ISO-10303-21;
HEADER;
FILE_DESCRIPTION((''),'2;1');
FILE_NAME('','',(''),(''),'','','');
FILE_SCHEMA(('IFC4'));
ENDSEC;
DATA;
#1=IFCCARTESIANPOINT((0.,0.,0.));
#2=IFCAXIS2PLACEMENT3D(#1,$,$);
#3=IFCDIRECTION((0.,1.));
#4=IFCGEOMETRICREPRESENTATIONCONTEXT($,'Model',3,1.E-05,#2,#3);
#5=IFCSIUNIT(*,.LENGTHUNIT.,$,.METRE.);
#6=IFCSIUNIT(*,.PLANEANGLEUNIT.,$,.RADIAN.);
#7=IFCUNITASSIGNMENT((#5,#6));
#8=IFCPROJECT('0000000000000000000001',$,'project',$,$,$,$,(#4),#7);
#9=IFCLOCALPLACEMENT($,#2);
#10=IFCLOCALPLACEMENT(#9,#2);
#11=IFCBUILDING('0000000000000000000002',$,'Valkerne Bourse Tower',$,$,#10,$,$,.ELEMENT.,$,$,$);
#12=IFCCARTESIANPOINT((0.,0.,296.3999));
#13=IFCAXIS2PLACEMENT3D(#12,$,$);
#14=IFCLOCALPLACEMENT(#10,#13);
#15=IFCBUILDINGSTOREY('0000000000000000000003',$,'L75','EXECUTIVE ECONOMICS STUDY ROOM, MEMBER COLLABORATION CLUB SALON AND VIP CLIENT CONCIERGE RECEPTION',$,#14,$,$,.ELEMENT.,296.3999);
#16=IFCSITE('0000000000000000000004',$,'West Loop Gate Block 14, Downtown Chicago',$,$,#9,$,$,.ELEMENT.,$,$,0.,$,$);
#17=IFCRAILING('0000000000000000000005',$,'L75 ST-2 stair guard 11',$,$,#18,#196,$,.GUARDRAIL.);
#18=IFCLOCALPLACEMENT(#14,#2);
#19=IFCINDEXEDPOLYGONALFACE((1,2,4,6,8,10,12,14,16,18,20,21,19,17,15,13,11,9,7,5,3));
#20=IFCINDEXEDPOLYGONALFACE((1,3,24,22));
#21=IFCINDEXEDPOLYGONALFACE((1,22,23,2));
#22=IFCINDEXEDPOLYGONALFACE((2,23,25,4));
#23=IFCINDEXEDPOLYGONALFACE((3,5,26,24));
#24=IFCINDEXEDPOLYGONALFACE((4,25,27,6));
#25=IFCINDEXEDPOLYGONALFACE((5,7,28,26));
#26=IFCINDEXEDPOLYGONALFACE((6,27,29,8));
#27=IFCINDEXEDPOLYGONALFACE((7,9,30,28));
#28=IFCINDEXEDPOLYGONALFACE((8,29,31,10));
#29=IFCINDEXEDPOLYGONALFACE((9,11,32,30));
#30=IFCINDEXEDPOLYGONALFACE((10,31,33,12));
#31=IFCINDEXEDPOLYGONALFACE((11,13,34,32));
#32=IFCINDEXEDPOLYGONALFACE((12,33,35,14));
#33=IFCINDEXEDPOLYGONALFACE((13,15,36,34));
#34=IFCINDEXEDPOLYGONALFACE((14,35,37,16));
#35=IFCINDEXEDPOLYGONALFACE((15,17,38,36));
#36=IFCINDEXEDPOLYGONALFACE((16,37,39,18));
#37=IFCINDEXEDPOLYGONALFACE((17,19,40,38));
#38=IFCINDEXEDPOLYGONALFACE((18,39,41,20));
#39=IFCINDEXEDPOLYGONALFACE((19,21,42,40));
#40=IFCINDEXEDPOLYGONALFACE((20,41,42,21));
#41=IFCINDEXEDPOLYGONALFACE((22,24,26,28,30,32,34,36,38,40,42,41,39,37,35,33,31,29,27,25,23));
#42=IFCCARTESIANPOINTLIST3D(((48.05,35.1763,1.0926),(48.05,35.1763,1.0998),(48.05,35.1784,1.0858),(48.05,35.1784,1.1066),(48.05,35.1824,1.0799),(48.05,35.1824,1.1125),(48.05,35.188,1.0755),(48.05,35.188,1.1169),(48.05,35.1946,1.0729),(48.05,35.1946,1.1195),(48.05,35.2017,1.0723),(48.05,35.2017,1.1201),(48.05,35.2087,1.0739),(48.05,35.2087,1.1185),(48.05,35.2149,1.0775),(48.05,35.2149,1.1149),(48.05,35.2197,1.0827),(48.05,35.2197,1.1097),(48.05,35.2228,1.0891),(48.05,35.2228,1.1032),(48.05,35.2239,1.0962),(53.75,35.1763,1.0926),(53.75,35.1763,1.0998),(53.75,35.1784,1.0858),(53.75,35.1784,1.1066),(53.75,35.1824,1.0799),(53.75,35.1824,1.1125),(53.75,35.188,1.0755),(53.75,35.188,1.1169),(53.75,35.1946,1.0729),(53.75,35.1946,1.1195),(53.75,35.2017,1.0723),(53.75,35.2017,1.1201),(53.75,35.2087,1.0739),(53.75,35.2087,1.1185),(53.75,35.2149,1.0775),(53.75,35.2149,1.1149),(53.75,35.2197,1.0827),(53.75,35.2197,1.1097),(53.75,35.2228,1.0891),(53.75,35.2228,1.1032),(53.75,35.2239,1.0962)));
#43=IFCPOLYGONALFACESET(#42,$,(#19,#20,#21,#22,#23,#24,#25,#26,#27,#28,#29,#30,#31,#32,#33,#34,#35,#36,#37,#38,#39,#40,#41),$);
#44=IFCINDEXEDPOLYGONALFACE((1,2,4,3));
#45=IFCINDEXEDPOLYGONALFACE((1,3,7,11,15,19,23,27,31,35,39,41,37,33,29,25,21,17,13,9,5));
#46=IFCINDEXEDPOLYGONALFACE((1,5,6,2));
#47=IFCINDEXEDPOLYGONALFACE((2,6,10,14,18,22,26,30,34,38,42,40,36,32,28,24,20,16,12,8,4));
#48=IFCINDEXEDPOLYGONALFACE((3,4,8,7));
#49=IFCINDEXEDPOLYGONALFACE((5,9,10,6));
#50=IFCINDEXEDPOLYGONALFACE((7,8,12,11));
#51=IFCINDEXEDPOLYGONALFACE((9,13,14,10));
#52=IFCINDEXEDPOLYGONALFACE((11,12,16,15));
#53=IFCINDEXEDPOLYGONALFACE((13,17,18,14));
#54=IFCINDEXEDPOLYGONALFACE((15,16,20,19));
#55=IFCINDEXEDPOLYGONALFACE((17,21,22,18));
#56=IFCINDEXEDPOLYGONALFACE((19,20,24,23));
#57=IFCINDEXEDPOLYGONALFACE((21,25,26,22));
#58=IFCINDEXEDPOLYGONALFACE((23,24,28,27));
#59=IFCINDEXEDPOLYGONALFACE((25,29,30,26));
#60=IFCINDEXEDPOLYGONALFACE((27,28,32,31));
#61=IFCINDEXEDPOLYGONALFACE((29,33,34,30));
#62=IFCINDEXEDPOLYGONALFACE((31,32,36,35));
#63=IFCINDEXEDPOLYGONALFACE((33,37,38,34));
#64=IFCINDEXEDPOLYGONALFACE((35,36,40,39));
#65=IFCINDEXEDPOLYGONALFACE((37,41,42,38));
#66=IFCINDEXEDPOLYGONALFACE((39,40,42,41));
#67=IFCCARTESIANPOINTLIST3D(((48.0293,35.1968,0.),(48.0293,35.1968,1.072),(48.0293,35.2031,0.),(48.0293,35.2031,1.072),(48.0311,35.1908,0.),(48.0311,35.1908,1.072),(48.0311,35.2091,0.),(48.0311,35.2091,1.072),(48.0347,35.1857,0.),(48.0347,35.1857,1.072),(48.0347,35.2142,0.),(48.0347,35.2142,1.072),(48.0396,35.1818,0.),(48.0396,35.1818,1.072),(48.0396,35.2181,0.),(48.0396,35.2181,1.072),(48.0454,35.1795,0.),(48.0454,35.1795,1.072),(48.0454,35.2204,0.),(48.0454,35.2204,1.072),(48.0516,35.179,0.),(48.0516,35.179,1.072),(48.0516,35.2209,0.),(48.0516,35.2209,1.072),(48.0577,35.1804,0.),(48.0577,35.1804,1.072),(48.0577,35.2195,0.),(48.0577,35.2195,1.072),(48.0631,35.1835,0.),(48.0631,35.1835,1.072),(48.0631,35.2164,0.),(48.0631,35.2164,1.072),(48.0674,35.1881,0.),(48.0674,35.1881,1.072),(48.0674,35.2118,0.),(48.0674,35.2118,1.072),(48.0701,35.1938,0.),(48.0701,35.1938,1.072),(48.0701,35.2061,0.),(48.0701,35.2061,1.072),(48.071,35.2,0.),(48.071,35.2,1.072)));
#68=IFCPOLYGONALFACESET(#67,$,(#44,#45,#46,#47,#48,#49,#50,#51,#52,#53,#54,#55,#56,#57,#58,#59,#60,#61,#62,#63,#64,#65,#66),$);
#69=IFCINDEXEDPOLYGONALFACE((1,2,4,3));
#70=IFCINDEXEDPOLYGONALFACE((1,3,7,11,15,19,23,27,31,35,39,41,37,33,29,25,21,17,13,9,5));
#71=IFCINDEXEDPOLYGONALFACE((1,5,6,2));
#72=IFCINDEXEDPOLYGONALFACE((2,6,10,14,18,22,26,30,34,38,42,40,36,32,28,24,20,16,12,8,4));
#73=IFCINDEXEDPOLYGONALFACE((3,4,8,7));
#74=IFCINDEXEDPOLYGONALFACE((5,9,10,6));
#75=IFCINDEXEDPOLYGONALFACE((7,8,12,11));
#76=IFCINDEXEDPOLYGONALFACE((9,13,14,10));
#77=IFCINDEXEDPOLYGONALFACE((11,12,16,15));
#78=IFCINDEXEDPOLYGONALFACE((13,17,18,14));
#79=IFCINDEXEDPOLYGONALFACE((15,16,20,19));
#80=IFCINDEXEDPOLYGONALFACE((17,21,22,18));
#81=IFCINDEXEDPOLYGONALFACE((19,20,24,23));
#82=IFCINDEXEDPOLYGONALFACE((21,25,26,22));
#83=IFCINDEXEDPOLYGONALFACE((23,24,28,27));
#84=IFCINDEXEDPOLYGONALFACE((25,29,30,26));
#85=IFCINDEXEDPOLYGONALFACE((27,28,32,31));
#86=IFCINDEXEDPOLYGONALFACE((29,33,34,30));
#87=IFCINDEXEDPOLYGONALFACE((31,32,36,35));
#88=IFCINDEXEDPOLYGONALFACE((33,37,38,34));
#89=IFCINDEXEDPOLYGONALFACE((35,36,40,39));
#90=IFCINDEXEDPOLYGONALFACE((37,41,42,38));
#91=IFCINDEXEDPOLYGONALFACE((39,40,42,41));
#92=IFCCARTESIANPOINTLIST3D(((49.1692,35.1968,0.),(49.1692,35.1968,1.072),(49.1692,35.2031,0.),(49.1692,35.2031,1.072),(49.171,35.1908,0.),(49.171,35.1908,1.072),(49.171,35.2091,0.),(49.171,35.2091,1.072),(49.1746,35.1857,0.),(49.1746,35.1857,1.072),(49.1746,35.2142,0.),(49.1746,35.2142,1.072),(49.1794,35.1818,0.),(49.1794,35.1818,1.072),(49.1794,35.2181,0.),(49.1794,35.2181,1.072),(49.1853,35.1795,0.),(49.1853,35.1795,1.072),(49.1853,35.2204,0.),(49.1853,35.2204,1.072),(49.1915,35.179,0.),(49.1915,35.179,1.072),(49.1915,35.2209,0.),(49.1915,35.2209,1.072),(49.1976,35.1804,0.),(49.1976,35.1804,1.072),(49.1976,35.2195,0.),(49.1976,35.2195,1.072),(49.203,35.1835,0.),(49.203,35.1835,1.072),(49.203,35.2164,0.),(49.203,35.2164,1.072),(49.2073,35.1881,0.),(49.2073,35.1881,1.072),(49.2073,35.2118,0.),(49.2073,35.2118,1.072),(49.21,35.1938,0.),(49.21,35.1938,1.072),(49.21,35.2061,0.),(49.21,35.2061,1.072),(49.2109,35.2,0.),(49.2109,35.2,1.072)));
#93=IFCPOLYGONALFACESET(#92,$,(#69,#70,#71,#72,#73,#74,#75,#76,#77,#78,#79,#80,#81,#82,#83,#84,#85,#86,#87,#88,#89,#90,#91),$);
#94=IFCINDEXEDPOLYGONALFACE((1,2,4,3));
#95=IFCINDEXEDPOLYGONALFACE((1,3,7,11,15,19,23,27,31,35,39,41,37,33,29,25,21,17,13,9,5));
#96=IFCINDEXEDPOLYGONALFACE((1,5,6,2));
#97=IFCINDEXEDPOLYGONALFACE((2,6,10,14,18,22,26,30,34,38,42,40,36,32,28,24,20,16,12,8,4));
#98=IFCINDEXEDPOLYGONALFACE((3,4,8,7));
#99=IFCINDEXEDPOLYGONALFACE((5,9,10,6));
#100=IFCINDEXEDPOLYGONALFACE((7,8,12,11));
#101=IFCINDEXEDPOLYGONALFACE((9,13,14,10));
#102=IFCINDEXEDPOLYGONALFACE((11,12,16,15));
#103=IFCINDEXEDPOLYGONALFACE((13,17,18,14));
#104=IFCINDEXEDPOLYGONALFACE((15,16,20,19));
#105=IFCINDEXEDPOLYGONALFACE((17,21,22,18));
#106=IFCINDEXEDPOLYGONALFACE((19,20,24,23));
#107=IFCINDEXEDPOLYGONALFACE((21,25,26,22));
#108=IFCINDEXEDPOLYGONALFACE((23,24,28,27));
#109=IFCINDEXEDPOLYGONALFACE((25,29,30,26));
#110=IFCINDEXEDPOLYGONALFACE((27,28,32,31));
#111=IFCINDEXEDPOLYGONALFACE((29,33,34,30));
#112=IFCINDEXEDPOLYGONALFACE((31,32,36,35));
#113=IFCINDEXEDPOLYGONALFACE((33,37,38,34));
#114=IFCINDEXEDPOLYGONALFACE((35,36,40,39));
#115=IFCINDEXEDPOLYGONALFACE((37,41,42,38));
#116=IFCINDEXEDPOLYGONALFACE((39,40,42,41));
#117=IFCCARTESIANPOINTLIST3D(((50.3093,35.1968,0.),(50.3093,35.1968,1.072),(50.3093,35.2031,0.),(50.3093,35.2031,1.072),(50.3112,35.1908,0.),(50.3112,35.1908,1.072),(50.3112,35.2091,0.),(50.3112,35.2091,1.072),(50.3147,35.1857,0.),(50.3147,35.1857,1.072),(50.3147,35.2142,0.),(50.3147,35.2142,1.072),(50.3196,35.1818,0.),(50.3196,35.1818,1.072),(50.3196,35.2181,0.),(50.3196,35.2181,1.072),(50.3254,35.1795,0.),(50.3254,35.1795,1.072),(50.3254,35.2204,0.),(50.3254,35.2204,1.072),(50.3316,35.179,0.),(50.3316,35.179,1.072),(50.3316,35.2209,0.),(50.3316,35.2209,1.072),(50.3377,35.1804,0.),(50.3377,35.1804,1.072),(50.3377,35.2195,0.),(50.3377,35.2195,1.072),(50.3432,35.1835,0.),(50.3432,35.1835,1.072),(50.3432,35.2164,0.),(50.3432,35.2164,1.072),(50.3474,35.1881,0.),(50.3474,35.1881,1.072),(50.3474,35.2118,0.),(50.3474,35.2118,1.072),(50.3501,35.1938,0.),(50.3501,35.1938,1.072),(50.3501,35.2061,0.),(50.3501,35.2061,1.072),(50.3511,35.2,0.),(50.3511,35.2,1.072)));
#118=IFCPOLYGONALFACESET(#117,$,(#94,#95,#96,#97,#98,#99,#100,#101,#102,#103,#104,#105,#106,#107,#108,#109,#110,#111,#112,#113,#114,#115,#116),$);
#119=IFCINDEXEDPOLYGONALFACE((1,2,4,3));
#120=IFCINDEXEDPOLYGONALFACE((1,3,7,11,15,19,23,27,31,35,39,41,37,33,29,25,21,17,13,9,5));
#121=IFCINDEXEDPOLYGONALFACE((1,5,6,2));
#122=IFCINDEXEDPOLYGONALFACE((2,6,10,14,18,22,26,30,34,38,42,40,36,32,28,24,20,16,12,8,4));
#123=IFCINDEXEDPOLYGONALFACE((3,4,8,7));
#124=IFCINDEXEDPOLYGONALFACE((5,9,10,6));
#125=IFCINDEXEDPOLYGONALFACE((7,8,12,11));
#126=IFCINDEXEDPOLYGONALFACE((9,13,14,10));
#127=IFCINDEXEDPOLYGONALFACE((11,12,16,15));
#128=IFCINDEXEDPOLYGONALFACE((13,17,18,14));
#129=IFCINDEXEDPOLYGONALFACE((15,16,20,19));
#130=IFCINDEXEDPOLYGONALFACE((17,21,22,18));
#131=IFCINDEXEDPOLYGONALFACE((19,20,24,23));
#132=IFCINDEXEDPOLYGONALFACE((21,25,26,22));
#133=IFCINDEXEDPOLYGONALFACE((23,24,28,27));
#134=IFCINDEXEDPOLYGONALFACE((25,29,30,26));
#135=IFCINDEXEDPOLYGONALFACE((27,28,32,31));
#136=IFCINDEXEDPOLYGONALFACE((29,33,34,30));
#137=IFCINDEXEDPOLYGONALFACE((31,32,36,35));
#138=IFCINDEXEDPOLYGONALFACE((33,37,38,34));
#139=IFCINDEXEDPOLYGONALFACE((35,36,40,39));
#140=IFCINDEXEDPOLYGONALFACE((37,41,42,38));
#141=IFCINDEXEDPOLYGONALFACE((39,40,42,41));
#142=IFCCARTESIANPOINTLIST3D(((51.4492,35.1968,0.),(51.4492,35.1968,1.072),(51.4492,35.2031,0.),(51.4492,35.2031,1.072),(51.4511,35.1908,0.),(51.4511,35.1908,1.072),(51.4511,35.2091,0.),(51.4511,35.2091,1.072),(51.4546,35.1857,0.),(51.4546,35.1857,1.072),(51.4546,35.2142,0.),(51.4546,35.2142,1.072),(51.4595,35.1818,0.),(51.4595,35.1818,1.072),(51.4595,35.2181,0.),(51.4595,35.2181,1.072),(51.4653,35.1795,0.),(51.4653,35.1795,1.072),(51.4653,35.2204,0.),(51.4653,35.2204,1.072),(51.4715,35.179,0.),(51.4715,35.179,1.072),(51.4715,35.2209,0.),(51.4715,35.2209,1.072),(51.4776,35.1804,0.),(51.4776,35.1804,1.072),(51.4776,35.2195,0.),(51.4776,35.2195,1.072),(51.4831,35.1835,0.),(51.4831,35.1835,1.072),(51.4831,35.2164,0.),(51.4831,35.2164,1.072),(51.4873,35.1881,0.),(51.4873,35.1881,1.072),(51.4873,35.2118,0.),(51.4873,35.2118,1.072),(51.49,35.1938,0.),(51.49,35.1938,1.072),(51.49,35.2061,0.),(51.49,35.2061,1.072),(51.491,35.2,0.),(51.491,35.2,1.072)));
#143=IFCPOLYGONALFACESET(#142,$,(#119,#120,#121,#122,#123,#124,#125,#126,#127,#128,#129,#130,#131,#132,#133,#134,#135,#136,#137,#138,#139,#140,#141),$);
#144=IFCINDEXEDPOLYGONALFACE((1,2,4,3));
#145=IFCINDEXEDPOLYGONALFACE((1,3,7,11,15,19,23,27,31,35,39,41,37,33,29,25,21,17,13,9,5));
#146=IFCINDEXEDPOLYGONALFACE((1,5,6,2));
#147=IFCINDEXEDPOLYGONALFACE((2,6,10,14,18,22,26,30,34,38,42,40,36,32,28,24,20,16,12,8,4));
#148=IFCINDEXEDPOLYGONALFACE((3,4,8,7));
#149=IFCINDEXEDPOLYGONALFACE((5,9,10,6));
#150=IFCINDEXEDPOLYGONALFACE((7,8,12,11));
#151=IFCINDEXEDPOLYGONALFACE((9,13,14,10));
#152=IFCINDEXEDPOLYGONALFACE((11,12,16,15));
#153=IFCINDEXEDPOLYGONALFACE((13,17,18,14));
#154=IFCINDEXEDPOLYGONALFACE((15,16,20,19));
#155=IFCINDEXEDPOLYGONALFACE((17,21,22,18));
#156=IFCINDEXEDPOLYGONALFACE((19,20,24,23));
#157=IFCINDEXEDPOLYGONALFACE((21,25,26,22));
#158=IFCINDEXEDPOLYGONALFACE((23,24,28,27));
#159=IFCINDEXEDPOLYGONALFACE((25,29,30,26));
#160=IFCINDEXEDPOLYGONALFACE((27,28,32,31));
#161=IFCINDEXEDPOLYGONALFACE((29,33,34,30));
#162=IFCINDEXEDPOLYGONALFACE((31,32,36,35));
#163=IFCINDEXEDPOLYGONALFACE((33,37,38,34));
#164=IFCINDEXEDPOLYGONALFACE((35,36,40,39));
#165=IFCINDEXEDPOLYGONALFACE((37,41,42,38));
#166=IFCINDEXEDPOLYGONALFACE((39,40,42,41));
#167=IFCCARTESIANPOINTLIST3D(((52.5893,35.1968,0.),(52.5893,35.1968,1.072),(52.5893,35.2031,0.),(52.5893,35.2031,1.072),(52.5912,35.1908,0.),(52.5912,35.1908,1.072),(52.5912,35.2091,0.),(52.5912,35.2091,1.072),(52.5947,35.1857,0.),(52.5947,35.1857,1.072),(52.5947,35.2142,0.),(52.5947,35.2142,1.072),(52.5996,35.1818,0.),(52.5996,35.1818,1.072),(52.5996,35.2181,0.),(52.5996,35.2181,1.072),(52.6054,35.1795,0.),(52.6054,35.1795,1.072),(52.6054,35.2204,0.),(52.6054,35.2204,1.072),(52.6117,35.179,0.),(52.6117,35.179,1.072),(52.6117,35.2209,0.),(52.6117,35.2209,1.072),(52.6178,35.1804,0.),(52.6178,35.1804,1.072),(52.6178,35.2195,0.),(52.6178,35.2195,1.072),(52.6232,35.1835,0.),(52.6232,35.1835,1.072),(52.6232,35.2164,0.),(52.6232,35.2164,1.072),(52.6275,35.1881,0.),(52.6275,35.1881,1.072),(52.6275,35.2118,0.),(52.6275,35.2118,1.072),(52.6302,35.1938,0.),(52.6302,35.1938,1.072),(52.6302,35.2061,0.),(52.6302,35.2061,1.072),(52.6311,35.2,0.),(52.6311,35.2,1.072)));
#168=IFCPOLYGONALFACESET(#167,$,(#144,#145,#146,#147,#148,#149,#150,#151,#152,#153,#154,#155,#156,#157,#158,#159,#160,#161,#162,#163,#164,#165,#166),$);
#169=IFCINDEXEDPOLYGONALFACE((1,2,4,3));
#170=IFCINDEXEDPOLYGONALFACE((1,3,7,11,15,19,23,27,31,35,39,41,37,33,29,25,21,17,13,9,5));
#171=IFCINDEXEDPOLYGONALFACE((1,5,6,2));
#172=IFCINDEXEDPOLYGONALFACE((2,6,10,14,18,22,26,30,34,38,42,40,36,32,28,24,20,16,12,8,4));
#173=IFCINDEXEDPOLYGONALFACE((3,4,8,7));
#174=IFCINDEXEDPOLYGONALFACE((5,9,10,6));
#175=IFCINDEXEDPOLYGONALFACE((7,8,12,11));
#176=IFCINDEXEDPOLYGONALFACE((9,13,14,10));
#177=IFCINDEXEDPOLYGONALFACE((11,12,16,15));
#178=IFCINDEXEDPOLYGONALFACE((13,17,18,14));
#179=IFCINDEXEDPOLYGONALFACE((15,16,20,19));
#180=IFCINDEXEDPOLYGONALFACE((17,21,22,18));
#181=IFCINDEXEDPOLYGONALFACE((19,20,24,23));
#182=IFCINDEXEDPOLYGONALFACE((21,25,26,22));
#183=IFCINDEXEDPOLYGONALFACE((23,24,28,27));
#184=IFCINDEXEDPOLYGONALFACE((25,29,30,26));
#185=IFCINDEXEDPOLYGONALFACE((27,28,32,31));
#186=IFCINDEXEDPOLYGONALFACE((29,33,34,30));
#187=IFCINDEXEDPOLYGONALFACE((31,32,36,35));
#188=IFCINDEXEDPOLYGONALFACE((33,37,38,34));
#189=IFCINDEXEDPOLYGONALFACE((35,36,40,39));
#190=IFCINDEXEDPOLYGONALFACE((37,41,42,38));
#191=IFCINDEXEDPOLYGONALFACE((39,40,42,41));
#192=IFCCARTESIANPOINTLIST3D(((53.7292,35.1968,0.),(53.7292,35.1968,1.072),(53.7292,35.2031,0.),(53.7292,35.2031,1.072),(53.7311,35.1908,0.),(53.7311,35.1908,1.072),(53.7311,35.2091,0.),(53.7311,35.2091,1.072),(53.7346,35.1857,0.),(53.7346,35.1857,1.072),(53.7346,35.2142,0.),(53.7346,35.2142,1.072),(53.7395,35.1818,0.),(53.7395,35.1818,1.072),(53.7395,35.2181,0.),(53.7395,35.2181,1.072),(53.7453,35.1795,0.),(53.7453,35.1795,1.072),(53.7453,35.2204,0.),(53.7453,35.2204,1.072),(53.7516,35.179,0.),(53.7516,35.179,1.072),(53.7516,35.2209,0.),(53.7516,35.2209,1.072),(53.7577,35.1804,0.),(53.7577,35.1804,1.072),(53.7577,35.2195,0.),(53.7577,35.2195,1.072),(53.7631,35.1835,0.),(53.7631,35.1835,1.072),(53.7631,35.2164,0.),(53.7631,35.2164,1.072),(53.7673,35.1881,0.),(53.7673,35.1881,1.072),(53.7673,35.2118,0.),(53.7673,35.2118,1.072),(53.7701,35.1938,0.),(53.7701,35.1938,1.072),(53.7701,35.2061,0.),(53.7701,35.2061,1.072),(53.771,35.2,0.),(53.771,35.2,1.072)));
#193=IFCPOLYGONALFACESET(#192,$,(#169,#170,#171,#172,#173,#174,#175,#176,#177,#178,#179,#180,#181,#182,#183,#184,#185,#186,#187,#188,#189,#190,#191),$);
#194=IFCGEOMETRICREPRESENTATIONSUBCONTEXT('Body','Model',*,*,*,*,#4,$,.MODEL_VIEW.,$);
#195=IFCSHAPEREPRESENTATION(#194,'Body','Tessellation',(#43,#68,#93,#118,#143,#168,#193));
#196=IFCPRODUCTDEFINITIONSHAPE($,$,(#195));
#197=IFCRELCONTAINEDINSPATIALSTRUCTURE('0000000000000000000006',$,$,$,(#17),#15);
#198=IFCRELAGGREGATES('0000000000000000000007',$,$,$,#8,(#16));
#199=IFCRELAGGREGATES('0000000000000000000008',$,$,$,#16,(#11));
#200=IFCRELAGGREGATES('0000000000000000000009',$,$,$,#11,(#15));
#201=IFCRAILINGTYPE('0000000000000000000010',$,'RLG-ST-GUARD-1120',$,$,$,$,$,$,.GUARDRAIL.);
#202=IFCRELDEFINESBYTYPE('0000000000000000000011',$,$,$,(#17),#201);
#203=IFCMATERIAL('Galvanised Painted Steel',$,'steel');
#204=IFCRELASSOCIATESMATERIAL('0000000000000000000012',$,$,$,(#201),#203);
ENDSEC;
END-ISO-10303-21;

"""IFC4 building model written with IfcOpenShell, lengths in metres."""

from ifc_helpers import new_model, si_unit, direction, frame, origin, origin_2d, place, context, subcontext, project, spatial, circle, extrude, material, type_object, element, save


model = new_model("IFC4")

# Units and contexts
model_context = context("Model", 3, precision=1e-05, world=origin(), true_north=direction((0.0, 1.0)))
body_context = subcontext(model_context, "Body", "Model", "MODEL_VIEW")
ifc_project = project(units=[si_unit("LENGTHUNIT", "METRE"), si_unit("PLANEANGLEUNIT", "RADIAN")], contexts=[model_context])

# Site, building, storey
site_placement = place(None, origin())
site = spatial("IfcSite", under=ifc_project, at=site_placement, Name="West Loop Gate Block 14, Downtown Chicago", CompositionType="ELEMENT", RefElevation=0.0)
building_placement = place(site_placement, origin())
building = spatial("IfcBuilding", under=site, at=building_placement, Name="Valkerne Bourse Tower", CompositionType="ELEMENT")
storey_placement = place(building_placement, frame((0.0, 0.0, 296.3999)))
storey = spatial("IfcBuildingStorey", under=building, at=storey_placement, Name="L75", Description="EXECUTIVE ECONOMICS STUDY ROOM, MEMBER COLLABORATION CLUB SALON AND VIP CLIENT CONCIERGE RECEPTION", CompositionType="ELEMENT", Elevation=296.3999)

# Railing
ifc_material_1 = material(Name="Galvanised Painted Steel", Category="steel")
railing_type_1 = type_object("IfcRailingType", Name="RLG-ST-GUARD-1120", PredefinedType="GUARDRAIL", material=ifc_material_1)
railing_1_placement = place(storey_placement, frame((48.05, 35.2, 0.0)))
element("IfcRailing", 1, at=railing_1_placement, inside=storey, type_object=railing_type_1, Name="L75 ST-2 stair guard 11", PredefinedType="GUARDRAIL", context=body_context, shape_type="SweptSolid", body=[
    extrude(circle(Radius=0.0239, at=origin_2d()), frame((0.0, 0.0, 1.0962), z_axis=(1.0, 0.0, 0.0), x_axis=(0.0, 1.0, 0.0)), (0.0, 0.0, 1.0), 5.7),
    extrude(circle(Radius=0.021, at=origin_2d()), origin(), (0.0, 0.0, 1.0), 1.072),
    extrude(circle(Radius=0.021, at=origin_2d()), frame((1.1399, 0.0, 0.0)), (0.0, 0.0, 1.0), 1.072),
    extrude(circle(Radius=0.021, at=origin_2d()), frame((2.28, 0.0, 0.0)), (0.0, 0.0, 1.0), 1.072),
    extrude(circle(Radius=0.021, at=origin_2d()), frame((3.4199, 0.0, 0.0)), (0.0, 0.0, 1.0), 1.072),
    extrude(circle(Radius=0.021, at=origin_2d()), frame((4.5601, 0.0, 0.0)), (0.0, 0.0, 1.0), 1.072),
    extrude(circle(Radius=0.021, at=origin_2d()), frame((5.7, 0.0, 0.0)), (0.0, 0.0, 1.0), 1.072),
])

save(model, "model.ifc")
